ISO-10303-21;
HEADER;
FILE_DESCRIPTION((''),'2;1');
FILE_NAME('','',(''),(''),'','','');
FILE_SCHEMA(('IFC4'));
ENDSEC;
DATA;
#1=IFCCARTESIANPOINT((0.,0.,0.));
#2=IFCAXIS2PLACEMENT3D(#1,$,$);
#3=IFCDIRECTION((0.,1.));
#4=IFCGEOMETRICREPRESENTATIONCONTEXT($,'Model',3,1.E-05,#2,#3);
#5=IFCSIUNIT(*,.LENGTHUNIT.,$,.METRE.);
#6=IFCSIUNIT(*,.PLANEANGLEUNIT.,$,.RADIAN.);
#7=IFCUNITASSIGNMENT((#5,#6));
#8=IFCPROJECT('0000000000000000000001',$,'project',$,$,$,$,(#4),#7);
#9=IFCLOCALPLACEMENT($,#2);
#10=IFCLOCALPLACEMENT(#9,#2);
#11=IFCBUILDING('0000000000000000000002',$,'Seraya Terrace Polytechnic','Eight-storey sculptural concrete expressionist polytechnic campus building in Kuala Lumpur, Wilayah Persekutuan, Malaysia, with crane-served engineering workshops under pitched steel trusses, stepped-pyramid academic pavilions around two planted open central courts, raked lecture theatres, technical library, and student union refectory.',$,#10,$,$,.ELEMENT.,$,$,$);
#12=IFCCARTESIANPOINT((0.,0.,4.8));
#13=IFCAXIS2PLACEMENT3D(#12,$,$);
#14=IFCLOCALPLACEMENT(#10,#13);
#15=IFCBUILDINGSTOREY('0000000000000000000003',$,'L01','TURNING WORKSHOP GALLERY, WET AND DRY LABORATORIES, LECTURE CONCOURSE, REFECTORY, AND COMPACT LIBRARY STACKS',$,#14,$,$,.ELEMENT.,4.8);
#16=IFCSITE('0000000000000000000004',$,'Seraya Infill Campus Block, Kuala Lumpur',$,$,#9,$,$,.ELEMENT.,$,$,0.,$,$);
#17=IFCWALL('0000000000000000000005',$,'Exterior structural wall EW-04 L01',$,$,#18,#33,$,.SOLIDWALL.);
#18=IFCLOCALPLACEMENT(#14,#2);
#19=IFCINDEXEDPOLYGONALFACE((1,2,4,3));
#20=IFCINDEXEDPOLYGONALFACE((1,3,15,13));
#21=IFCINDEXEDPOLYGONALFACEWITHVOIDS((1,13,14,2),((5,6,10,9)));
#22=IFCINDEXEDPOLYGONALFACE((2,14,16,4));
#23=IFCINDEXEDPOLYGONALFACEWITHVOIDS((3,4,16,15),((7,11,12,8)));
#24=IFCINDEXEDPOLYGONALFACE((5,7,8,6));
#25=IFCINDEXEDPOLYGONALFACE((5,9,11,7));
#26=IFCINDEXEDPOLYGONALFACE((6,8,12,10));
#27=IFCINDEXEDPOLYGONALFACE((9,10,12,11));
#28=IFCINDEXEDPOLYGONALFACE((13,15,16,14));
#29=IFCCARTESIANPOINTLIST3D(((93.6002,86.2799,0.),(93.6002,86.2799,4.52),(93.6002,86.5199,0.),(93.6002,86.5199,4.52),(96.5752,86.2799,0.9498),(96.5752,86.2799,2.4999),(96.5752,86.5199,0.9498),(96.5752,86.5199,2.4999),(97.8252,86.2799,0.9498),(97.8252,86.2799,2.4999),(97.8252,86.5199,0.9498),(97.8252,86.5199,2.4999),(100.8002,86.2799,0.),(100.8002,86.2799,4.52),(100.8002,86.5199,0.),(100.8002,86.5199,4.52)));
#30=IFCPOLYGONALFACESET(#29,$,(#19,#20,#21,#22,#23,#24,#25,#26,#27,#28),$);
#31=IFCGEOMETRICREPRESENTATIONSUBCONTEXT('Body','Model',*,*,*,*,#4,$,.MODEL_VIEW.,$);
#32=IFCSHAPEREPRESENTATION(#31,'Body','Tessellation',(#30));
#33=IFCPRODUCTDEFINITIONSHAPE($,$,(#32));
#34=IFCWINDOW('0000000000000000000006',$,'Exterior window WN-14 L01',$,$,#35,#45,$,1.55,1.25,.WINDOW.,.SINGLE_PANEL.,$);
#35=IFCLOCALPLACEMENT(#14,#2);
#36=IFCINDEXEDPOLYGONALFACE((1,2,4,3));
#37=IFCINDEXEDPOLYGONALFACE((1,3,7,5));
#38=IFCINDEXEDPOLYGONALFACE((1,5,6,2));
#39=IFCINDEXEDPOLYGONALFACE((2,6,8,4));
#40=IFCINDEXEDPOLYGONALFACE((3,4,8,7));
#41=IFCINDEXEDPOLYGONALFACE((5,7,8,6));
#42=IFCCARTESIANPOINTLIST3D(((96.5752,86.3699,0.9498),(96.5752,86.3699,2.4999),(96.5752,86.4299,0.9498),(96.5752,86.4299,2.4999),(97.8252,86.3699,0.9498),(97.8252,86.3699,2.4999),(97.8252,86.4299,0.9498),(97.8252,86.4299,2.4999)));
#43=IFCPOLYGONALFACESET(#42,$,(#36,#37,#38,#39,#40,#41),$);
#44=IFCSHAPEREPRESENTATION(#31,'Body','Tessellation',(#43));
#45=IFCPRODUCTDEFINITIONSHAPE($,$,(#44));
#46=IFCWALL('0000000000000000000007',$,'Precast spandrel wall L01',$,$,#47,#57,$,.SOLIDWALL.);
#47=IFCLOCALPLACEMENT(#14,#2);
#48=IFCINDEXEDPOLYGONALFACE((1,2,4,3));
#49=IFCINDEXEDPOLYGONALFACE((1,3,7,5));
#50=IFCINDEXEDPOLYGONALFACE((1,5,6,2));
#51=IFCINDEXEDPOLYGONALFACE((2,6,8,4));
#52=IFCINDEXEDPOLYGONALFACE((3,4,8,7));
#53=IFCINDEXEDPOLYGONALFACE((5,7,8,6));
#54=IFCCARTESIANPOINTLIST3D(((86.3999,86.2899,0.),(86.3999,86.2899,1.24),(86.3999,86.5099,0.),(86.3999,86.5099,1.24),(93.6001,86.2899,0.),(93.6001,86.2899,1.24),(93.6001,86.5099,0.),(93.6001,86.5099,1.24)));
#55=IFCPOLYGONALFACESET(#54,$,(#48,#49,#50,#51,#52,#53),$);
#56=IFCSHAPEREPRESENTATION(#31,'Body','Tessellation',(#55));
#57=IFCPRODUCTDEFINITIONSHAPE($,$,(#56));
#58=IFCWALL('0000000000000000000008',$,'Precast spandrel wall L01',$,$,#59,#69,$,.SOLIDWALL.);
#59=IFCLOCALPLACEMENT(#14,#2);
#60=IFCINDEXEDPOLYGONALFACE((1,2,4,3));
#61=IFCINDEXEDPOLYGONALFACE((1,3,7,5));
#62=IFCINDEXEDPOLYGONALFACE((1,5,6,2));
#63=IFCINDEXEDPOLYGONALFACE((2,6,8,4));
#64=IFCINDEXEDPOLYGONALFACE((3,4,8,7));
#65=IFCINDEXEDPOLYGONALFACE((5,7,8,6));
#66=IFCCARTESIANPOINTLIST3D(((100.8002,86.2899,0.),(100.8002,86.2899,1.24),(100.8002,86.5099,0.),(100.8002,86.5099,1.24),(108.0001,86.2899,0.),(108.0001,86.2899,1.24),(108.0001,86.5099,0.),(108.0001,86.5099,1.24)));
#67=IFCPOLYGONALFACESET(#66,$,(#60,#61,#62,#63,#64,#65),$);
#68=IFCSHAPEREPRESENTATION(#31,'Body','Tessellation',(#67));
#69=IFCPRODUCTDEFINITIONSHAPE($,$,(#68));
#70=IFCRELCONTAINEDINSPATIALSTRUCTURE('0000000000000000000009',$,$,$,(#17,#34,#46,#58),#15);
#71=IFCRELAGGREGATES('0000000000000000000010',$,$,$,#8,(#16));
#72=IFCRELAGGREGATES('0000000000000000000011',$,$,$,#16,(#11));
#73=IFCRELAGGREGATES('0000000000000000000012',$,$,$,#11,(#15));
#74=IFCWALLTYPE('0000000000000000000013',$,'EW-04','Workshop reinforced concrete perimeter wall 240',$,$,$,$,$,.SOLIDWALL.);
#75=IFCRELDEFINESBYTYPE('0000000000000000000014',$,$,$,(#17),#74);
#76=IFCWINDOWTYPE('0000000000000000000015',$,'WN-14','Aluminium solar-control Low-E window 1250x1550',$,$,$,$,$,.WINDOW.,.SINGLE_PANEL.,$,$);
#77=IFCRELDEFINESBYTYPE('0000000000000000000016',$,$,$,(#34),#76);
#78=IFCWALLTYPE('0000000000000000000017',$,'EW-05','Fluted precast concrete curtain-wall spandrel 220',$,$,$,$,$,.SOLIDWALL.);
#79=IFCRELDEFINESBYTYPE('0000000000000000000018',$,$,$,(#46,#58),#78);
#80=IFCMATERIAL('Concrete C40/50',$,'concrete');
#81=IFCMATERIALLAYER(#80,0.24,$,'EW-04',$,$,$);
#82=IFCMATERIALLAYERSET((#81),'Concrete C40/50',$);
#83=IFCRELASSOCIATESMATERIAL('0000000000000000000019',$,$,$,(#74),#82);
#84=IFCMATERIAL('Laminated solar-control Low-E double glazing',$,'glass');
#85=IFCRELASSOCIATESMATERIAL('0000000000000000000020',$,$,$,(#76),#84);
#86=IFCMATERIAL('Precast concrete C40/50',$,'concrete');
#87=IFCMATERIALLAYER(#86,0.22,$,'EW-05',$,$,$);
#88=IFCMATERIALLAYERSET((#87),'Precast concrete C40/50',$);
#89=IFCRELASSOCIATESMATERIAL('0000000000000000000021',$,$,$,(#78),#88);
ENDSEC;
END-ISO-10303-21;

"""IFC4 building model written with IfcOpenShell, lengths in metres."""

from ifc_helpers import new_model, si_unit, direction, frame, frame_2d, origin, place, context, subcontext, project, spatial, rectangle, extrude, material, layer, layer_set, type_object, element, fill, save


model = new_model("IFC4")

# Units and contexts
model_context = context("Model", 3, precision=1e-05, world=origin(), true_north=direction((0.0, 1.0)))
body_context = subcontext(model_context, "Body", "Model", "MODEL_VIEW")
ifc_project = project(units=[si_unit("LENGTHUNIT", "METRE"), si_unit("PLANEANGLEUNIT", "RADIAN")], contexts=[model_context])

# Site, building, storey
site_placement = place(None, origin())
site = spatial("IfcSite", under=ifc_project, at=site_placement, Name="Seraya Infill Campus Block, Kuala Lumpur", CompositionType="ELEMENT", RefElevation=0.0)
building_placement = place(site_placement, origin())
building = spatial("IfcBuilding", under=site, at=building_placement, Name="Seraya Terrace Polytechnic", Description="Eight-storey sculptural concrete expressionist polytechnic campus building in Kuala Lumpur, Wilayah Persekutuan, Malaysia, with crane-served engineering workshops under pitched steel trusses, stepped-pyramid academic pavilions around two planted open central courts, raked lecture theatres, technical library, and student union refectory.", CompositionType="ELEMENT")
storey_placement = place(building_placement, frame((0.0, 0.0, 4.8)))
storey = spatial("IfcBuildingStorey", under=building, at=storey_placement, Name="L01", Description="TURNING WORKSHOP GALLERY, WET AND DRY LABORATORIES, LECTURE CONCOURSE, REFECTORY, AND COMPACT LIBRARY STACKS", CompositionType="ELEMENT", Elevation=4.8)

# Shared definitions
ifc_material_1 = material(Name="Concrete C40/50", Category="concrete")

# Shared definitions
ifc_material_2 = material(Name="Laminated solar-control Low-E double glazing", Category="glass")

# Wall, opening, window
ifc_layer_1 = layer(ifc_material_1, 0.24, Name="EW-04")
ifc_layer_set_1 = layer_set([ifc_layer_1], Name="Concrete C40/50")
wall_type_1 = type_object("IfcWallType", Name="EW-04", Description="Workshop reinforced concrete perimeter wall 240", PredefinedType="SOLIDWALL", material=ifc_layer_set_1)
wall_1_placement = place(storey_placement, frame((93.6001, 86.3999, 0.0), z_axis=(0.0, 0.0, 1.0), x_axis=(1.0, 0.0, 0.0)))
wall_1 = element("IfcWall", 1, at=wall_1_placement, inside=storey, type_object=wall_type_1, Name="Exterior structural wall EW-04 L01", PredefinedType="SOLIDWALL", context=body_context, shape_type="SweptSolid", body=[
    extrude(rectangle(XDim=7.2, YDim=0.24, at=frame_2d((3.6001, 0.0))), origin(), (0.0, 0.0, 1.0), 4.52),
])
opening_placement = place(wall_1_placement, frame((2.9751, 0.0, 0.95)))
opening = element("IfcOpeningElement", 2, at=opening_placement, cuts=wall_1, PredefinedType="OPENING", context=body_context, shape_type="SweptSolid", body=[
    extrude(rectangle(XDim=1.25, YDim=1.55, at=frame_2d((0.625, 0.7749))), frame((0.0, 0.1318, 0.0), z_axis=(0.0, -1.0, 0.0), x_axis=(1.0, 0.0, 0.0)), (0.0, 0.0, 1.0), 0.2639),
])
window_type = type_object("IfcWindowType", Name="WN-14", Description="Aluminium solar-control Low-E window 1250x1550", PartitioningType="SINGLE_PANEL", PredefinedType="WINDOW", material=ifc_material_2)
window_placement = place(opening_placement, origin())
window = element("IfcWindow", 3, at=window_placement, inside=storey, type_object=window_type, Name="Exterior window WN-14 L01", OverallHeight=1.55, OverallWidth=1.25, PartitioningType="SINGLE_PANEL", PredefinedType="WINDOW", context=body_context, shape_type="SweptSolid", body=[
    extrude(rectangle(XDim=1.25, YDim=1.55, at=frame_2d((0.625, 0.7749))), frame((0.0, 0.03, 0.0), z_axis=(0.0, -1.0, 0.0), x_axis=(1.0, 0.0, 0.0)), (0.0, 0.0, 1.0), 0.0601),
])
fill(opening, window)

# Walls
ifc_material_3 = material(Name="Precast concrete C40/50", Category="concrete")
ifc_layer_2 = layer(ifc_material_3, 0.22, Name="EW-05")
ifc_layer_set_2 = layer_set([ifc_layer_2], Name="Precast concrete C40/50")
wall_type_2 = type_object("IfcWallType", Name="EW-05", Description="Fluted precast concrete curtain-wall spandrel 220", PredefinedType="SOLIDWALL", material=ifc_layer_set_2)
wall_2_placement = place(storey_placement, frame((86.3999, 86.3999, 0.0), z_axis=(0.0, 0.0, 1.0), x_axis=(1.0, 0.0, 0.0)))
element("IfcWall", 4, at=wall_2_placement, inside=storey, type_object=wall_type_2, Name="Precast spandrel wall L01", PredefinedType="SOLIDWALL", context=body_context, shape_type="SweptSolid", body=[
    extrude(rectangle(XDim=7.2002, YDim=0.22, at=frame_2d((3.6001, 0.0))), origin(), (0.0, 0.0, 1.0), 1.24),
])
wall_3_placement = place(storey_placement, frame((100.8, 86.3999, 0.0), z_axis=(0.0, 0.0, 1.0), x_axis=(1.0, 0.0, 0.0)))
element("IfcWall", 5, at=wall_3_placement, inside=storey, type_object=wall_type_2, Name="Precast spandrel wall L01", PredefinedType="SOLIDWALL", context=body_context, shape_type="SweptSolid", body=[
    extrude(rectangle(XDim=7.2, YDim=0.22, at=frame_2d((3.6001, 0.0))), origin(), (0.0, 0.0, 1.0), 1.24),
])

save(model, "model.ifc")
